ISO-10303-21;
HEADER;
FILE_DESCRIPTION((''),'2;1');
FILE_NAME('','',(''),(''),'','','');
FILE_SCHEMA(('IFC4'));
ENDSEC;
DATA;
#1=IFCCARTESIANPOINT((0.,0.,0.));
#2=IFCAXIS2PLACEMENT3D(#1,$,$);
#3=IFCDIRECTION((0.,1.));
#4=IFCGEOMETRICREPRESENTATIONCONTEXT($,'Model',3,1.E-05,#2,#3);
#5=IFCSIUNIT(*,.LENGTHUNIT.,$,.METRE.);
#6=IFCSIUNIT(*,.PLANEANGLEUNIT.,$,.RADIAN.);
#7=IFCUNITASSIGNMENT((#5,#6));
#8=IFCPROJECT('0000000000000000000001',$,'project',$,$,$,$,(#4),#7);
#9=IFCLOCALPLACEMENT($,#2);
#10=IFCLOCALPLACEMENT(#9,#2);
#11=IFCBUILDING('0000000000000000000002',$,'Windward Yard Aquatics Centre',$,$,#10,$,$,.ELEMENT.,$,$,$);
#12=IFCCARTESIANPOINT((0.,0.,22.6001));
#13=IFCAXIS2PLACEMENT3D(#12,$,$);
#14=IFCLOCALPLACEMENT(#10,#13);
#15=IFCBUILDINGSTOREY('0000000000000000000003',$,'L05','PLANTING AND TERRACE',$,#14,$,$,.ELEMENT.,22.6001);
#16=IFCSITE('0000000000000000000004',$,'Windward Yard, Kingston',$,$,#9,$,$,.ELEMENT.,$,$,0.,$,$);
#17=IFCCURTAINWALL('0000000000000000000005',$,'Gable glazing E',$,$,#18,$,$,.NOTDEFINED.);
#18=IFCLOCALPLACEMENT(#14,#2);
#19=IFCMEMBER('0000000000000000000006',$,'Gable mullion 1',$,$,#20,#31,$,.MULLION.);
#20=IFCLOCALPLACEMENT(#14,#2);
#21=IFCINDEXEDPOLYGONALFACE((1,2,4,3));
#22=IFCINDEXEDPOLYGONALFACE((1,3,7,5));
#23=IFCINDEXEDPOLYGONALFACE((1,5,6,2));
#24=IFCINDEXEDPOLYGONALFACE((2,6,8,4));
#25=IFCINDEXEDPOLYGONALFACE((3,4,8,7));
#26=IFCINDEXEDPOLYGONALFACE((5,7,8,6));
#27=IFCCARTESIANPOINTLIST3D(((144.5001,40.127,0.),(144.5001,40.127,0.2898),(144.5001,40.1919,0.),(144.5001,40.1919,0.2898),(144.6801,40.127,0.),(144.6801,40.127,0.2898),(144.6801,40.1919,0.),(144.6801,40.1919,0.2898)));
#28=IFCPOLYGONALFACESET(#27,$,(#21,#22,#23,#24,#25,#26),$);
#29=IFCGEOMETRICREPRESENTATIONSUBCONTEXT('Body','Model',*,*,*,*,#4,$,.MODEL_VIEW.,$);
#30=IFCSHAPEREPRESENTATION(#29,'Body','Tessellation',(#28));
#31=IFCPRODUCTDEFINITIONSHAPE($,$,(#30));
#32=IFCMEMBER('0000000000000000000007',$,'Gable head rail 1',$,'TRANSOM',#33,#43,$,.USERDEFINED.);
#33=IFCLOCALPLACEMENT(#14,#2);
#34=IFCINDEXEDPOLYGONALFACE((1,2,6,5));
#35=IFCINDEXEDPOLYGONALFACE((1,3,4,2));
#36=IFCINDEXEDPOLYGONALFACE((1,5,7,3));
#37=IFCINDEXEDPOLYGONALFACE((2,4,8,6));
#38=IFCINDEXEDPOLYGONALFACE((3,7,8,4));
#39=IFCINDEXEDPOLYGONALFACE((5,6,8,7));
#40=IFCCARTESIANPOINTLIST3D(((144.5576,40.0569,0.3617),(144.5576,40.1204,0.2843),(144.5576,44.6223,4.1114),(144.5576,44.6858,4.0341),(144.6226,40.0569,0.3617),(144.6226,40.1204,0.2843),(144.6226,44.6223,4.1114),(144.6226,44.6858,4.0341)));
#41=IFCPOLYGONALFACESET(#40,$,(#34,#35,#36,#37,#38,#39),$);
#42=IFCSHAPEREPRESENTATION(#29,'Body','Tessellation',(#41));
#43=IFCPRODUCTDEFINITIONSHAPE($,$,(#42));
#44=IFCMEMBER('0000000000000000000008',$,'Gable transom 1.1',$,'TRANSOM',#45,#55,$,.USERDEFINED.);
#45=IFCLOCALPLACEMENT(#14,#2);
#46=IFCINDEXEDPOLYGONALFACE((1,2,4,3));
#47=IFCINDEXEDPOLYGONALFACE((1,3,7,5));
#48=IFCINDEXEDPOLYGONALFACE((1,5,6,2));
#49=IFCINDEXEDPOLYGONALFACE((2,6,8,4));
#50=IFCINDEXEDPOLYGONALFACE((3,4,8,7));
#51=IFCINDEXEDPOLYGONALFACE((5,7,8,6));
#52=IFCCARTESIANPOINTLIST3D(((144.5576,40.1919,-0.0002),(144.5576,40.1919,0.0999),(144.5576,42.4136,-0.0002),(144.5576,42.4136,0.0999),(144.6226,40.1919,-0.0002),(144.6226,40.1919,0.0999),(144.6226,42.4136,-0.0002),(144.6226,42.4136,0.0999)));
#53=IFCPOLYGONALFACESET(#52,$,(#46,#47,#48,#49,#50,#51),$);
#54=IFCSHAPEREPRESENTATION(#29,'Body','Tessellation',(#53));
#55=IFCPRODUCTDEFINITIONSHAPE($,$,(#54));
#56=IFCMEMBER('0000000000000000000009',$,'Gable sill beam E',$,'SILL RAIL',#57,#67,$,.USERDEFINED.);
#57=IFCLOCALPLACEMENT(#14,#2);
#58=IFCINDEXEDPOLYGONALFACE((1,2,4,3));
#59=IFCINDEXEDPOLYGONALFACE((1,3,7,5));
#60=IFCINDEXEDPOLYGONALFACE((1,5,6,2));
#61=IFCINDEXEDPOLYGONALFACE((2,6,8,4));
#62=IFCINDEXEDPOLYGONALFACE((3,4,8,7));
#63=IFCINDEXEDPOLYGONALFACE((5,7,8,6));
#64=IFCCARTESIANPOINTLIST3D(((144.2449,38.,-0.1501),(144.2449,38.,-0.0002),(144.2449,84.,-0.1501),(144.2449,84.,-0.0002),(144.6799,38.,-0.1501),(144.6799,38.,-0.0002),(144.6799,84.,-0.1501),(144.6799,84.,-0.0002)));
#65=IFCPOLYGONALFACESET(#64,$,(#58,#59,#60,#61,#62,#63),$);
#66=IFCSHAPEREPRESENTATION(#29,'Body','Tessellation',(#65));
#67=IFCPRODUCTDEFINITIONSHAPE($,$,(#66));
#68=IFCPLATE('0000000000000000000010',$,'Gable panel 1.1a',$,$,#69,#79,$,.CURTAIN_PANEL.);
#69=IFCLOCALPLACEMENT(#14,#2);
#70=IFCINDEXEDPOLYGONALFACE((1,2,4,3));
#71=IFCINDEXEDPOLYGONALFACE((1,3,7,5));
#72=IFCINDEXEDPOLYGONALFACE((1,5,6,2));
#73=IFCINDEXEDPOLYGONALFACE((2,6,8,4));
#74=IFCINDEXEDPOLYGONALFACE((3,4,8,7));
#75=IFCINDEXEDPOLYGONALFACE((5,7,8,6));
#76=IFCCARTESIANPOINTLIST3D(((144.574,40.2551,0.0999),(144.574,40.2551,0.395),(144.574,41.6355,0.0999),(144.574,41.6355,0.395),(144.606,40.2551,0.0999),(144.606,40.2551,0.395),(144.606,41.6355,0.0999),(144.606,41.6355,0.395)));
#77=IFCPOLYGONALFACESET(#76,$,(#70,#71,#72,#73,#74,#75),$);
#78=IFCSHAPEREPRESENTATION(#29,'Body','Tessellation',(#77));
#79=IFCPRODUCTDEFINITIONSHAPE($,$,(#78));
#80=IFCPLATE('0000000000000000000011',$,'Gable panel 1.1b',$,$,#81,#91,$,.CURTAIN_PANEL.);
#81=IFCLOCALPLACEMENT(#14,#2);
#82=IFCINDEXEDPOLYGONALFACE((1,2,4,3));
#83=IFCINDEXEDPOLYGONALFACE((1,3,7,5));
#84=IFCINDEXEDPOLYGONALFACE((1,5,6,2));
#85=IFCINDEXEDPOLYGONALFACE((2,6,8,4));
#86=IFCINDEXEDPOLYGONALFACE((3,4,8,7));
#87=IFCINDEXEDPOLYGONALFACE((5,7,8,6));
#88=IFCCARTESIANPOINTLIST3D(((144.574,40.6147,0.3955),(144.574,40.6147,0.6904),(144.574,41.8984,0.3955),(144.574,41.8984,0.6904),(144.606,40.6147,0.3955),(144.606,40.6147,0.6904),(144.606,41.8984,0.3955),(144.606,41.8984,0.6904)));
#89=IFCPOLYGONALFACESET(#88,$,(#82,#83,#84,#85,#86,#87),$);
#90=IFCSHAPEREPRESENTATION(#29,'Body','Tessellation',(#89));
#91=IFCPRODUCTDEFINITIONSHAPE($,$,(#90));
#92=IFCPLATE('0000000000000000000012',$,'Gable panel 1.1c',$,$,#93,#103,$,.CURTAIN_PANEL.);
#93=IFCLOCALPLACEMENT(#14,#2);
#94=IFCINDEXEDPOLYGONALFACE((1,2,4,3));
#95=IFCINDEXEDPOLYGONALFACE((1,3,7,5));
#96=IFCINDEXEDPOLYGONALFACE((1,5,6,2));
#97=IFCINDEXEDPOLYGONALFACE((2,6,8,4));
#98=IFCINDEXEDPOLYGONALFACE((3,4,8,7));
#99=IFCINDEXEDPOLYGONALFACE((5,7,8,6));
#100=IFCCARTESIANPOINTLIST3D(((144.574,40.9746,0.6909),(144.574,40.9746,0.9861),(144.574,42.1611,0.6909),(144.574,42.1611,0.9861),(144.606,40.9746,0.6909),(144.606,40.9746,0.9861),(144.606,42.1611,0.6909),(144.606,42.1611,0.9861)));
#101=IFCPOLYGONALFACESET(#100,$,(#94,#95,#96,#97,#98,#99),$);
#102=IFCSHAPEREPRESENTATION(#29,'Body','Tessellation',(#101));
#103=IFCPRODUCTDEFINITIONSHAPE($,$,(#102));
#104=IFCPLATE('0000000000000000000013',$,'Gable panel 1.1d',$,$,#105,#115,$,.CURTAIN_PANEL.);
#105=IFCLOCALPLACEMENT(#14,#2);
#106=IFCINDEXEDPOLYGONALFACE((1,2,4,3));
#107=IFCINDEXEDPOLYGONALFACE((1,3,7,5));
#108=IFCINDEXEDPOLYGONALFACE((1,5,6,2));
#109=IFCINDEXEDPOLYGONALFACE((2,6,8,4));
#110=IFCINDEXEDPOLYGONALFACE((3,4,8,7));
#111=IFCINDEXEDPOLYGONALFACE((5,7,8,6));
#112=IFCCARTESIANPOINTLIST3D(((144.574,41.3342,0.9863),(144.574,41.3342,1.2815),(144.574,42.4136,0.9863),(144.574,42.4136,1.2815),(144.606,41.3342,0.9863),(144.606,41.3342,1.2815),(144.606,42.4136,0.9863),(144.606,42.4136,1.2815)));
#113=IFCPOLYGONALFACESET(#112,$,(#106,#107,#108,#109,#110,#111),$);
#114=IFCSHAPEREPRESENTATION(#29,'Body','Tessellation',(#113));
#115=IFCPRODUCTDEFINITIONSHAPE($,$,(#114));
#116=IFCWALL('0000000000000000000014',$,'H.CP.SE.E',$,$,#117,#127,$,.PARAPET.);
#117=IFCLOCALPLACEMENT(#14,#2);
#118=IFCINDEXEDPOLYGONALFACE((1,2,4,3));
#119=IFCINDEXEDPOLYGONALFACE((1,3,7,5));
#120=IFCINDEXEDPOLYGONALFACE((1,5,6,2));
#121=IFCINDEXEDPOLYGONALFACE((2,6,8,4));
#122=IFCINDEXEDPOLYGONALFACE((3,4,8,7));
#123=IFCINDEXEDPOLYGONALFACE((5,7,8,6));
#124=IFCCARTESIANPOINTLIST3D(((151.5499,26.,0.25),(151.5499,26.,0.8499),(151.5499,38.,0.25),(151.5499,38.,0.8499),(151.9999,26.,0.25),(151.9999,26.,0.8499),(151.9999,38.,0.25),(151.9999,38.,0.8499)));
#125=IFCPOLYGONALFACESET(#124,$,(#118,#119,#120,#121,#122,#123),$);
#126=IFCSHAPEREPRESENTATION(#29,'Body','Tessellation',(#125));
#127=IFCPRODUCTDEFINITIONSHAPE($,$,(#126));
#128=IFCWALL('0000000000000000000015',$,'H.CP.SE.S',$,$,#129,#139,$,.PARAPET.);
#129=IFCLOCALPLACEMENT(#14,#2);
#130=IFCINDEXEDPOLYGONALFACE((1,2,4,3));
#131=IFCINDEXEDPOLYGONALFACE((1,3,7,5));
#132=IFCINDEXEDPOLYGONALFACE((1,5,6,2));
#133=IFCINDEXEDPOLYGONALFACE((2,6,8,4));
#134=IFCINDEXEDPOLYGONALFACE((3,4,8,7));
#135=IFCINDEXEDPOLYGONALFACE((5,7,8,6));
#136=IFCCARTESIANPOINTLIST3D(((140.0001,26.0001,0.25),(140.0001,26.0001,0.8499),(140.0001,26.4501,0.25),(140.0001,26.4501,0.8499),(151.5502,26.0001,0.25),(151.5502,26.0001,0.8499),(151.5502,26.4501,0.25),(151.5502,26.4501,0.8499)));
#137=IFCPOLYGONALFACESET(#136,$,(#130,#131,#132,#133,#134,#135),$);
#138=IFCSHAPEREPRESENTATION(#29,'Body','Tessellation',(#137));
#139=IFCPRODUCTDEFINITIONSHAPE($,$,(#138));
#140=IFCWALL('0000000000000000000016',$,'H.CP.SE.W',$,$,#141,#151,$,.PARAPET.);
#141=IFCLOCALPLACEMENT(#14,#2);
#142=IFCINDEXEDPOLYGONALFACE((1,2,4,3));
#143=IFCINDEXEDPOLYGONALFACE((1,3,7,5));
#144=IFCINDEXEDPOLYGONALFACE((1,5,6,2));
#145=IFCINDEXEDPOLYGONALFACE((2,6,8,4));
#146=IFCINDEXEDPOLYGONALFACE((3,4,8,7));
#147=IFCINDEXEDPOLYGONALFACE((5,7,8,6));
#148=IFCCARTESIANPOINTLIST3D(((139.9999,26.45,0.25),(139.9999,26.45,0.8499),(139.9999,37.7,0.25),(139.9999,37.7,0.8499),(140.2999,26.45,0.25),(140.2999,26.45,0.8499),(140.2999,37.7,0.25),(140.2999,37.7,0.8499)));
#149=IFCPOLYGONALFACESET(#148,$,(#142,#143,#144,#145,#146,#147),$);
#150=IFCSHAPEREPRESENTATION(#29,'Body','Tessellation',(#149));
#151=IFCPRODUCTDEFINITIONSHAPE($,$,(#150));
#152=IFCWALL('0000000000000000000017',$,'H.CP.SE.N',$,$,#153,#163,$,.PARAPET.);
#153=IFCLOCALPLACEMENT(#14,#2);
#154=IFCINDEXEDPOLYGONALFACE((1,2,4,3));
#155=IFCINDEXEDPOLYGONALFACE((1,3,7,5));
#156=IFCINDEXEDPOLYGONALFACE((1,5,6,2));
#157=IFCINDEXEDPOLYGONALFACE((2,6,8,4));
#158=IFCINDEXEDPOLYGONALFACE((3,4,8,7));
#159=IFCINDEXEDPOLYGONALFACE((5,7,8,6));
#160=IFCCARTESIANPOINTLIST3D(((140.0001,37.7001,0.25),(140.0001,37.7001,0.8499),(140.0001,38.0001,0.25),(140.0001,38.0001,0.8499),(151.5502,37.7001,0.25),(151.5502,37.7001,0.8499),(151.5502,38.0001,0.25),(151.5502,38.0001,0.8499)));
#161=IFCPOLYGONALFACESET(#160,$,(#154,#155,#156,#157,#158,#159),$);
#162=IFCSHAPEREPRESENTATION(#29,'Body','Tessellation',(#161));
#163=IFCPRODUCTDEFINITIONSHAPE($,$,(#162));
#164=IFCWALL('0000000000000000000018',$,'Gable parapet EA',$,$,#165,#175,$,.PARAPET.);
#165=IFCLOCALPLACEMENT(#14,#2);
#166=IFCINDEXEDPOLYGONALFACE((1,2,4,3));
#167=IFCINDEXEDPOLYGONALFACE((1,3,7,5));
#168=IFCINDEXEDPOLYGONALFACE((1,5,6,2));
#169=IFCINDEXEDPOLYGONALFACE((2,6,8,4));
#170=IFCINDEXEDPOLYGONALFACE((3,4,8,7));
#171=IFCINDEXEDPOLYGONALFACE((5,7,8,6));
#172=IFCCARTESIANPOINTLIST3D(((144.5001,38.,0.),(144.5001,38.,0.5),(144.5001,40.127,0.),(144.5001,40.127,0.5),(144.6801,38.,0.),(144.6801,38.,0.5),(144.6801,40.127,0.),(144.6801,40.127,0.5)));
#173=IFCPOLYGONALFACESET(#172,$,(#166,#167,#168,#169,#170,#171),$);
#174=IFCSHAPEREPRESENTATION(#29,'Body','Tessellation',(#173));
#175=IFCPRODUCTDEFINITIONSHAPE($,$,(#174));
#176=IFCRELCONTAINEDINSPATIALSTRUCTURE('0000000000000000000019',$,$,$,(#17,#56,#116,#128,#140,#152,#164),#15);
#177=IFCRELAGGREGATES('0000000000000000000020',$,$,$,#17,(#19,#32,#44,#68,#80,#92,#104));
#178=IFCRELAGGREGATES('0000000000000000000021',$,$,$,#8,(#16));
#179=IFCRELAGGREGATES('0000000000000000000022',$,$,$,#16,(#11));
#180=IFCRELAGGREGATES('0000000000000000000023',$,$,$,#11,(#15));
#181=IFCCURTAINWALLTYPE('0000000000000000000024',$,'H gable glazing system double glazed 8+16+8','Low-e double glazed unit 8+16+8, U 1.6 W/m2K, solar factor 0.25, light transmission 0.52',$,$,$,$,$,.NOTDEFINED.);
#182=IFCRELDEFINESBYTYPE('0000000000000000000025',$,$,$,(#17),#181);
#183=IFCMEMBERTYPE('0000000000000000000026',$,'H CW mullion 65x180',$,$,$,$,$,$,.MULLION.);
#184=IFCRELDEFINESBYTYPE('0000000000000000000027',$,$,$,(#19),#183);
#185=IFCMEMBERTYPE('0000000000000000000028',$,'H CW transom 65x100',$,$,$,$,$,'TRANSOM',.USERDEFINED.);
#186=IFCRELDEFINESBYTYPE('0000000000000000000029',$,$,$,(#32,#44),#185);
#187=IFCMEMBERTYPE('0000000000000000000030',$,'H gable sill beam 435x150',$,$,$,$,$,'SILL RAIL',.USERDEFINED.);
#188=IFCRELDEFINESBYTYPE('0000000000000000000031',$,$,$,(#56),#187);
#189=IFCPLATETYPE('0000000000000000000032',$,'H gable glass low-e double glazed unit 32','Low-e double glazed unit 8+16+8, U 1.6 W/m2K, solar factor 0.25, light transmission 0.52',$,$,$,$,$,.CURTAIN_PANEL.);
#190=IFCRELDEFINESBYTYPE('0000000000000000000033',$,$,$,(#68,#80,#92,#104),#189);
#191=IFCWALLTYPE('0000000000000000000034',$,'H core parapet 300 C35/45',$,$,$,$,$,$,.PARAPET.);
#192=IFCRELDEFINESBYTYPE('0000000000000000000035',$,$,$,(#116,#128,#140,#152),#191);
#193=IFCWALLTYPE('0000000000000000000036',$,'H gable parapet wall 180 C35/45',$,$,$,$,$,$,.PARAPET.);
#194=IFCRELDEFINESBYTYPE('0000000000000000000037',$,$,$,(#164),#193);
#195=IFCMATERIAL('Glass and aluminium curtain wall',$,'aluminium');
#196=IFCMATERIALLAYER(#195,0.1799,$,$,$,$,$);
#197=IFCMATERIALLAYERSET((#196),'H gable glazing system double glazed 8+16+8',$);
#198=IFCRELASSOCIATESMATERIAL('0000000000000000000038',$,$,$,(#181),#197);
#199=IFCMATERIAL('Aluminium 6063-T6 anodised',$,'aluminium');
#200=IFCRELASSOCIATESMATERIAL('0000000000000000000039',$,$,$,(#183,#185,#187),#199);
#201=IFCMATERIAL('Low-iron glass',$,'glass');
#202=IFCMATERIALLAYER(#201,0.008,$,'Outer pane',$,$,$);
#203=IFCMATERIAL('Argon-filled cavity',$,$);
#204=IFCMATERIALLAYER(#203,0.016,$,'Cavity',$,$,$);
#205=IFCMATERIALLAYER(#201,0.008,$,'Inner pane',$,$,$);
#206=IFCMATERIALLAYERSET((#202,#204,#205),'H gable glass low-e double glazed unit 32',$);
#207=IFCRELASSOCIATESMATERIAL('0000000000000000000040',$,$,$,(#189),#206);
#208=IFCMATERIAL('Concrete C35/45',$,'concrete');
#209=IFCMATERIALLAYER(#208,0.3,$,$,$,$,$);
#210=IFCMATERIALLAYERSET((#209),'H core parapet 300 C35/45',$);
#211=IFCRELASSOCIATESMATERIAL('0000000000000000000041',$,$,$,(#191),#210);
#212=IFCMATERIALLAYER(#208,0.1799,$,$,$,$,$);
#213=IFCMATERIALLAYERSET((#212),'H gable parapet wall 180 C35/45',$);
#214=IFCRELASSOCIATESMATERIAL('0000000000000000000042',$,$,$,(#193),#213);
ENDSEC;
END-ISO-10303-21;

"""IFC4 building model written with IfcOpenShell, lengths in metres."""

from ifc_helpers import new_model, si_unit, direction, frame, frame_2d, origin, origin_2d, place, context, subcontext, project, spatial, polyline, rectangle, outline, extrude, material, layer, layer_set, material_profile, profile_set, type_object, element, aggregate, save


model = new_model("IFC4")

# Units and contexts
model_context = context("Model", 3, precision=1e-05, world=origin(), true_north=direction((0.0, 1.0)))
body_context = subcontext(model_context, "Body", "Model", "MODEL_VIEW")
ifc_project = project(units=[si_unit("LENGTHUNIT", "METRE"), si_unit("PLANEANGLEUNIT", "RADIAN")], contexts=[model_context])

# Site, building, storey
site_placement = place(None, origin())
site = spatial("IfcSite", under=ifc_project, at=site_placement, Name="Windward Yard, Kingston", CompositionType="ELEMENT", RefElevation=0.0)
building_placement = place(site_placement, origin())
building = spatial("IfcBuilding", under=site, at=building_placement, Name="Windward Yard Aquatics Centre", CompositionType="ELEMENT")
storey_placement = place(building_placement, frame((0.0, 0.0, 22.6001)))
storey = spatial("IfcBuildingStorey", under=building, at=storey_placement, Name="L05", Description="PLANTING AND TERRACE", CompositionType="ELEMENT", Elevation=22.6001)

# Curtain wall, members
ifc_material_1 = material(Name="Glass and aluminium curtain wall", Category="aluminium")
ifc_layer_1 = layer(ifc_material_1, 0.1799)
ifc_layer_set_1 = layer_set([ifc_layer_1], Name="H gable glazing system double glazed 8+16+8")
curtain_wall_type = type_object("IfcCurtainWallType", Name="H gable glazing system double glazed 8+16+8", Description="Low-e double glazed unit 8+16+8, U 1.6 W/m2K, solar factor 0.25, light transmission 0.52", PredefinedType="NOTDEFINED", material=ifc_layer_set_1)
curtain_wall_placement = place(storey_placement, origin())
curtain_wall = element("IfcCurtainWall", 1, at=curtain_wall_placement, inside=storey, type_object=curtain_wall_type, Name="Gable glazing E", PredefinedType="NOTDEFINED")
ifc_material_2 = material(Name="Aluminium 6063-T6 anodised", Category="aluminium")
ifc_material_profile_1 = material_profile(ifc_material_2, rectangle(XDim=0.0649, YDim=0.1799, at=origin_2d()), Name="H CW mullion 65x180")
ifc_profile_set_1 = profile_set([ifc_material_profile_1], Name="Aluminium 6063-T6 anodised")
member_type_1 = type_object("IfcMemberType", Name="H CW mullion 65x180", PredefinedType="MULLION", material=ifc_profile_set_1)
member_1_placement = place(storey_placement, frame((144.5901, 40.1594, 0.0), z_axis=(0.0, 0.0, 1.0), x_axis=(0.0, 1.0, 0.0)))
member_1 = element("IfcMember", 2, at=member_1_placement, type_object=member_type_1, Name="Gable mullion 1", PredefinedType="MULLION", context=body_context, shape_type="SweptSolid", body=[
    extrude(rectangle(XDim=0.0649, YDim=0.1799, at=origin_2d()), origin(), (0.0, 0.0, 1.0), 0.2898),
])
ifc_material_profile_2 = material_profile(ifc_material_2, rectangle(XDim=0.0649, YDim=0.1001, at=origin_2d()), Name="H CW transom 65x100")
ifc_profile_set_2 = profile_set([ifc_material_profile_2], Name="Aluminium 6063-T6 anodised")
member_type_2 = type_object("IfcMemberType", Name="H CW transom 65x100", ElementType="TRANSOM", PredefinedType="USERDEFINED", material=ifc_profile_set_2)
member_2_placement = place(storey_placement, frame((144.5901, 40.0886, 0.323), z_axis=(0.0, 0.772761, 0.634697), x_axis=(-1.0, 0.0, 0.0)))
member_2 = element("IfcMember", 3, at=member_2_placement, type_object=member_type_2, Name="Gable head rail 1", ObjectType="TRANSOM", PredefinedType="USERDEFINED", context=body_context, shape_type="SweptSolid", body=[
    extrude(rectangle(XDim=0.0649, YDim=0.1001, at=origin_2d()), origin(), (0.0, 0.0, 1.0), 5.908),
])
member_3_placement = place(storey_placement, frame((144.5901, 40.1919, 0.0498), z_axis=(0.0, 1.0, 0.0), x_axis=(-1.0, 0.0, 0.0)))
member_3 = element("IfcMember", 4, at=member_3_placement, type_object=member_type_2, Name="Gable transom 1.1", ObjectType="TRANSOM", PredefinedType="USERDEFINED", context=body_context, shape_type="SweptSolid", body=[
    extrude(rectangle(XDim=0.0649, YDim=0.1001, at=origin_2d()), origin(), (0.0, 0.0, 1.0), 2.2217),
])

# Member
ifc_material_profile_3 = material_profile(ifc_material_2, rectangle(XDim=0.4351, YDim=0.1499, at=origin_2d()), Name="H gable sill beam 435x150")
ifc_profile_set_3 = profile_set([ifc_material_profile_3], Name="Aluminium 6063-T6 anodised")
member_type_3 = type_object("IfcMemberType", Name="H gable sill beam 435x150", ElementType="SILL RAIL", PredefinedType="USERDEFINED", material=ifc_profile_set_3)
member_4_placement = place(storey_placement, frame((144.4624, 38.0, -0.0752), z_axis=(0.0, 1.0, 0.0), x_axis=(-1.0, 0.0, 0.0)))
element("IfcMember", 5, at=member_4_placement, inside=storey, type_object=member_type_3, Name="Gable sill beam E", ObjectType="SILL RAIL", PredefinedType="USERDEFINED", context=body_context, shape_type="SweptSolid", body=[
    extrude(rectangle(XDim=0.4351, YDim=0.1499, at=origin_2d()), origin(), (0.0, 0.0, 1.0), 46.0),
])

# Plates
ifc_material_3 = material(Name="Low-iron glass", Category="glass")
ifc_layer_2 = layer(ifc_material_3, 0.008, Name="Outer pane")
ifc_material_4 = material(Name="Argon-filled cavity")
ifc_layer_3 = layer(ifc_material_4, 0.016, Name="Cavity")
ifc_layer_4 = layer(ifc_material_3, 0.008, Name="Inner pane")
ifc_layer_set_2 = layer_set([ifc_layer_2, ifc_layer_3, ifc_layer_4], Name="H gable glass low-e double glazed unit 32")
plate_type_1 = type_object("IfcPlateType", Name="H gable glass low-e double glazed unit 32", Description="Low-e double glazed unit 8+16+8, U 1.6 W/m2K, solar factor 0.25, light transmission 0.52", PredefinedType="CURTAIN_PANEL", material=ifc_layer_set_2)
plate_1_placement = place(storey_placement, frame((144.606, 40.2551, 0.0999), z_axis=(1.0, 0.0, 0.0), x_axis=(0.0, 1.0, 0.0)))
plate_1 = element("IfcPlate", 6, at=plate_1_placement, type_object=plate_type_1, Name="Gable panel 1.1a", PredefinedType="CURTAIN_PANEL", context=body_context, shape_type="SweptSolid", body=[
    extrude(outline(polyline([(0.0, 0.0), (1.3804, 0.0), (1.3804, 0.2952), (0.0, 0.2952), (0.0, 0.0)])), origin(), (0.0, 0.0, -1.0), 0.032),
])
plate_2_placement = place(storey_placement, frame((144.606, 40.6147, 0.3955), z_axis=(1.0, 0.0, 0.0), x_axis=(0.0, 1.0, 0.0)))
plate_2 = element("IfcPlate", 7, at=plate_2_placement, type_object=plate_type_1, Name="Gable panel 1.1b", PredefinedType="CURTAIN_PANEL", context=body_context, shape_type="SweptSolid", body=[
    extrude(outline(polyline([(0.0, 0.0), (1.2837, 0.0), (1.2837, 0.2949), (0.0, 0.2949), (0.0, 0.0)])), origin(), (0.0, 0.0, -1.0), 0.032),
])
plate_3_placement = place(storey_placement, frame((144.606, 40.9746, 0.6909), z_axis=(1.0, 0.0, 0.0), x_axis=(0.0, 1.0, 0.0)))
plate_3 = element("IfcPlate", 8, at=plate_3_placement, type_object=plate_type_1, Name="Gable panel 1.1c", PredefinedType="CURTAIN_PANEL", context=body_context, shape_type="SweptSolid", body=[
    extrude(outline(polyline([(0.0, 0.0), (1.1865, 0.0), (1.1865, 0.2952), (0.0, 0.2952), (0.0, 0.0)])), origin(), (0.0, 0.0, -1.0), 0.032),
])
plate_4_placement = place(storey_placement, frame((144.606, 41.3342, 0.9863), z_axis=(1.0, 0.0, 0.0), x_axis=(0.0, 1.0, 0.0)))
plate_4 = element("IfcPlate", 9, at=plate_4_placement, type_object=plate_type_1, Name="Gable panel 1.1d", PredefinedType="CURTAIN_PANEL", context=body_context, shape_type="SweptSolid", body=[
    extrude(outline(polyline([(0.0, 0.0), (1.0793, 0.0), (1.0793, 0.2952), (0.0, 0.2952), (0.0, 0.0)])), origin(), (0.0, 0.0, -1.0), 0.032),
])
aggregate(curtain_wall, [member_1, member_2, member_3, plate_1, plate_2, plate_3, plate_4])

# Walls
ifc_material_5 = material(Name="Concrete C35/45", Category="concrete")
ifc_layer_5 = layer(ifc_material_5, 0.3)
ifc_layer_set_3 = layer_set([ifc_layer_5], Name="H core parapet 300 C35/45")
wall_type_1 = type_object("IfcWallType", Name="H core parapet 300 C35/45", PredefinedType="PARAPET", material=ifc_layer_set_3)
wall_1_placement = place(storey_placement, frame((151.7749, 26.0, 0.25), z_axis=(0.0, 0.0, 1.0), x_axis=(0.0, 1.0, 0.0)))
element("IfcWall", 10, at=wall_1_placement, inside=storey, type_object=wall_type_1, Name="H.CP.SE.E", PredefinedType="PARAPET", context=body_context, shape_type="SweptSolid", body=[
    extrude(rectangle(XDim=12.0, YDim=0.45, at=frame_2d((6.0, 0.0))), origin(), (0.0, 0.0, 1.0), 0.5999),
])
wall_2_placement = place(storey_placement, frame((151.55, 26.2251, 0.25), z_axis=(0.0, 0.0, 1.0), x_axis=(-1.0, 0.0, 0.0)))
element("IfcWall", 11, at=wall_2_placement, inside=storey, type_object=wall_type_1, Name="H.CP.SE.S", PredefinedType="PARAPET", context=body_context, shape_type="SweptSolid", body=[
    extrude(rectangle(XDim=11.55, YDim=0.45, at=frame_2d((5.7749, 0.0))), origin(), (0.0, 0.0, 1.0), 0.5999),
])
wall_3_placement = place(storey_placement, frame((140.1499, 26.45, 0.25), z_axis=(0.0, 0.0, 1.0), x_axis=(0.0, 1.0, 0.0)))
element("IfcWall", 12, at=wall_3_placement, inside=storey, type_object=wall_type_1, Name="H.CP.SE.W", PredefinedType="PARAPET", context=body_context, shape_type="SweptSolid", body=[
    extrude(rectangle(XDim=11.25, YDim=0.3, at=frame_2d((5.625, 0.0))), origin(), (0.0, 0.0, 1.0), 0.5999),
])
wall_4_placement = place(storey_placement, frame((151.55, 37.8501, 0.25), z_axis=(0.0, 0.0, 1.0), x_axis=(-1.0, 0.0, 0.0)))
element("IfcWall", 13, at=wall_4_placement, inside=storey, type_object=wall_type_1, Name="H.CP.SE.N", PredefinedType="PARAPET", context=body_context, shape_type="SweptSolid", body=[
    extrude(rectangle(XDim=11.55, YDim=0.3, at=frame_2d((5.7749, 0.0))), origin(), (0.0, 0.0, 1.0), 0.5999),
])
ifc_layer_6 = layer(ifc_material_5, 0.1799)
ifc_layer_set_4 = layer_set([ifc_layer_6], Name="H gable parapet wall 180 C35/45")
wall_type_2 = type_object("IfcWallType", Name="H gable parapet wall 180 C35/45", PredefinedType="PARAPET", material=ifc_layer_set_4)
wall_5_placement = place(storey_placement, frame((144.5901, 38.0, 0.0), z_axis=(0.0, 0.0, 1.0), x_axis=(0.0, 1.0, 0.0)))
element("IfcWall", 14, at=wall_5_placement, inside=storey, type_object=wall_type_2, Name="Gable parapet EA", PredefinedType="PARAPET", context=body_context, shape_type="SweptSolid", body=[
    extrude(rectangle(XDim=2.127, YDim=0.1799, at=frame_2d((1.0635, 0.0))), origin(), (0.0, 0.0, 1.0), 0.5),
])

save(model, "model.ifc")
